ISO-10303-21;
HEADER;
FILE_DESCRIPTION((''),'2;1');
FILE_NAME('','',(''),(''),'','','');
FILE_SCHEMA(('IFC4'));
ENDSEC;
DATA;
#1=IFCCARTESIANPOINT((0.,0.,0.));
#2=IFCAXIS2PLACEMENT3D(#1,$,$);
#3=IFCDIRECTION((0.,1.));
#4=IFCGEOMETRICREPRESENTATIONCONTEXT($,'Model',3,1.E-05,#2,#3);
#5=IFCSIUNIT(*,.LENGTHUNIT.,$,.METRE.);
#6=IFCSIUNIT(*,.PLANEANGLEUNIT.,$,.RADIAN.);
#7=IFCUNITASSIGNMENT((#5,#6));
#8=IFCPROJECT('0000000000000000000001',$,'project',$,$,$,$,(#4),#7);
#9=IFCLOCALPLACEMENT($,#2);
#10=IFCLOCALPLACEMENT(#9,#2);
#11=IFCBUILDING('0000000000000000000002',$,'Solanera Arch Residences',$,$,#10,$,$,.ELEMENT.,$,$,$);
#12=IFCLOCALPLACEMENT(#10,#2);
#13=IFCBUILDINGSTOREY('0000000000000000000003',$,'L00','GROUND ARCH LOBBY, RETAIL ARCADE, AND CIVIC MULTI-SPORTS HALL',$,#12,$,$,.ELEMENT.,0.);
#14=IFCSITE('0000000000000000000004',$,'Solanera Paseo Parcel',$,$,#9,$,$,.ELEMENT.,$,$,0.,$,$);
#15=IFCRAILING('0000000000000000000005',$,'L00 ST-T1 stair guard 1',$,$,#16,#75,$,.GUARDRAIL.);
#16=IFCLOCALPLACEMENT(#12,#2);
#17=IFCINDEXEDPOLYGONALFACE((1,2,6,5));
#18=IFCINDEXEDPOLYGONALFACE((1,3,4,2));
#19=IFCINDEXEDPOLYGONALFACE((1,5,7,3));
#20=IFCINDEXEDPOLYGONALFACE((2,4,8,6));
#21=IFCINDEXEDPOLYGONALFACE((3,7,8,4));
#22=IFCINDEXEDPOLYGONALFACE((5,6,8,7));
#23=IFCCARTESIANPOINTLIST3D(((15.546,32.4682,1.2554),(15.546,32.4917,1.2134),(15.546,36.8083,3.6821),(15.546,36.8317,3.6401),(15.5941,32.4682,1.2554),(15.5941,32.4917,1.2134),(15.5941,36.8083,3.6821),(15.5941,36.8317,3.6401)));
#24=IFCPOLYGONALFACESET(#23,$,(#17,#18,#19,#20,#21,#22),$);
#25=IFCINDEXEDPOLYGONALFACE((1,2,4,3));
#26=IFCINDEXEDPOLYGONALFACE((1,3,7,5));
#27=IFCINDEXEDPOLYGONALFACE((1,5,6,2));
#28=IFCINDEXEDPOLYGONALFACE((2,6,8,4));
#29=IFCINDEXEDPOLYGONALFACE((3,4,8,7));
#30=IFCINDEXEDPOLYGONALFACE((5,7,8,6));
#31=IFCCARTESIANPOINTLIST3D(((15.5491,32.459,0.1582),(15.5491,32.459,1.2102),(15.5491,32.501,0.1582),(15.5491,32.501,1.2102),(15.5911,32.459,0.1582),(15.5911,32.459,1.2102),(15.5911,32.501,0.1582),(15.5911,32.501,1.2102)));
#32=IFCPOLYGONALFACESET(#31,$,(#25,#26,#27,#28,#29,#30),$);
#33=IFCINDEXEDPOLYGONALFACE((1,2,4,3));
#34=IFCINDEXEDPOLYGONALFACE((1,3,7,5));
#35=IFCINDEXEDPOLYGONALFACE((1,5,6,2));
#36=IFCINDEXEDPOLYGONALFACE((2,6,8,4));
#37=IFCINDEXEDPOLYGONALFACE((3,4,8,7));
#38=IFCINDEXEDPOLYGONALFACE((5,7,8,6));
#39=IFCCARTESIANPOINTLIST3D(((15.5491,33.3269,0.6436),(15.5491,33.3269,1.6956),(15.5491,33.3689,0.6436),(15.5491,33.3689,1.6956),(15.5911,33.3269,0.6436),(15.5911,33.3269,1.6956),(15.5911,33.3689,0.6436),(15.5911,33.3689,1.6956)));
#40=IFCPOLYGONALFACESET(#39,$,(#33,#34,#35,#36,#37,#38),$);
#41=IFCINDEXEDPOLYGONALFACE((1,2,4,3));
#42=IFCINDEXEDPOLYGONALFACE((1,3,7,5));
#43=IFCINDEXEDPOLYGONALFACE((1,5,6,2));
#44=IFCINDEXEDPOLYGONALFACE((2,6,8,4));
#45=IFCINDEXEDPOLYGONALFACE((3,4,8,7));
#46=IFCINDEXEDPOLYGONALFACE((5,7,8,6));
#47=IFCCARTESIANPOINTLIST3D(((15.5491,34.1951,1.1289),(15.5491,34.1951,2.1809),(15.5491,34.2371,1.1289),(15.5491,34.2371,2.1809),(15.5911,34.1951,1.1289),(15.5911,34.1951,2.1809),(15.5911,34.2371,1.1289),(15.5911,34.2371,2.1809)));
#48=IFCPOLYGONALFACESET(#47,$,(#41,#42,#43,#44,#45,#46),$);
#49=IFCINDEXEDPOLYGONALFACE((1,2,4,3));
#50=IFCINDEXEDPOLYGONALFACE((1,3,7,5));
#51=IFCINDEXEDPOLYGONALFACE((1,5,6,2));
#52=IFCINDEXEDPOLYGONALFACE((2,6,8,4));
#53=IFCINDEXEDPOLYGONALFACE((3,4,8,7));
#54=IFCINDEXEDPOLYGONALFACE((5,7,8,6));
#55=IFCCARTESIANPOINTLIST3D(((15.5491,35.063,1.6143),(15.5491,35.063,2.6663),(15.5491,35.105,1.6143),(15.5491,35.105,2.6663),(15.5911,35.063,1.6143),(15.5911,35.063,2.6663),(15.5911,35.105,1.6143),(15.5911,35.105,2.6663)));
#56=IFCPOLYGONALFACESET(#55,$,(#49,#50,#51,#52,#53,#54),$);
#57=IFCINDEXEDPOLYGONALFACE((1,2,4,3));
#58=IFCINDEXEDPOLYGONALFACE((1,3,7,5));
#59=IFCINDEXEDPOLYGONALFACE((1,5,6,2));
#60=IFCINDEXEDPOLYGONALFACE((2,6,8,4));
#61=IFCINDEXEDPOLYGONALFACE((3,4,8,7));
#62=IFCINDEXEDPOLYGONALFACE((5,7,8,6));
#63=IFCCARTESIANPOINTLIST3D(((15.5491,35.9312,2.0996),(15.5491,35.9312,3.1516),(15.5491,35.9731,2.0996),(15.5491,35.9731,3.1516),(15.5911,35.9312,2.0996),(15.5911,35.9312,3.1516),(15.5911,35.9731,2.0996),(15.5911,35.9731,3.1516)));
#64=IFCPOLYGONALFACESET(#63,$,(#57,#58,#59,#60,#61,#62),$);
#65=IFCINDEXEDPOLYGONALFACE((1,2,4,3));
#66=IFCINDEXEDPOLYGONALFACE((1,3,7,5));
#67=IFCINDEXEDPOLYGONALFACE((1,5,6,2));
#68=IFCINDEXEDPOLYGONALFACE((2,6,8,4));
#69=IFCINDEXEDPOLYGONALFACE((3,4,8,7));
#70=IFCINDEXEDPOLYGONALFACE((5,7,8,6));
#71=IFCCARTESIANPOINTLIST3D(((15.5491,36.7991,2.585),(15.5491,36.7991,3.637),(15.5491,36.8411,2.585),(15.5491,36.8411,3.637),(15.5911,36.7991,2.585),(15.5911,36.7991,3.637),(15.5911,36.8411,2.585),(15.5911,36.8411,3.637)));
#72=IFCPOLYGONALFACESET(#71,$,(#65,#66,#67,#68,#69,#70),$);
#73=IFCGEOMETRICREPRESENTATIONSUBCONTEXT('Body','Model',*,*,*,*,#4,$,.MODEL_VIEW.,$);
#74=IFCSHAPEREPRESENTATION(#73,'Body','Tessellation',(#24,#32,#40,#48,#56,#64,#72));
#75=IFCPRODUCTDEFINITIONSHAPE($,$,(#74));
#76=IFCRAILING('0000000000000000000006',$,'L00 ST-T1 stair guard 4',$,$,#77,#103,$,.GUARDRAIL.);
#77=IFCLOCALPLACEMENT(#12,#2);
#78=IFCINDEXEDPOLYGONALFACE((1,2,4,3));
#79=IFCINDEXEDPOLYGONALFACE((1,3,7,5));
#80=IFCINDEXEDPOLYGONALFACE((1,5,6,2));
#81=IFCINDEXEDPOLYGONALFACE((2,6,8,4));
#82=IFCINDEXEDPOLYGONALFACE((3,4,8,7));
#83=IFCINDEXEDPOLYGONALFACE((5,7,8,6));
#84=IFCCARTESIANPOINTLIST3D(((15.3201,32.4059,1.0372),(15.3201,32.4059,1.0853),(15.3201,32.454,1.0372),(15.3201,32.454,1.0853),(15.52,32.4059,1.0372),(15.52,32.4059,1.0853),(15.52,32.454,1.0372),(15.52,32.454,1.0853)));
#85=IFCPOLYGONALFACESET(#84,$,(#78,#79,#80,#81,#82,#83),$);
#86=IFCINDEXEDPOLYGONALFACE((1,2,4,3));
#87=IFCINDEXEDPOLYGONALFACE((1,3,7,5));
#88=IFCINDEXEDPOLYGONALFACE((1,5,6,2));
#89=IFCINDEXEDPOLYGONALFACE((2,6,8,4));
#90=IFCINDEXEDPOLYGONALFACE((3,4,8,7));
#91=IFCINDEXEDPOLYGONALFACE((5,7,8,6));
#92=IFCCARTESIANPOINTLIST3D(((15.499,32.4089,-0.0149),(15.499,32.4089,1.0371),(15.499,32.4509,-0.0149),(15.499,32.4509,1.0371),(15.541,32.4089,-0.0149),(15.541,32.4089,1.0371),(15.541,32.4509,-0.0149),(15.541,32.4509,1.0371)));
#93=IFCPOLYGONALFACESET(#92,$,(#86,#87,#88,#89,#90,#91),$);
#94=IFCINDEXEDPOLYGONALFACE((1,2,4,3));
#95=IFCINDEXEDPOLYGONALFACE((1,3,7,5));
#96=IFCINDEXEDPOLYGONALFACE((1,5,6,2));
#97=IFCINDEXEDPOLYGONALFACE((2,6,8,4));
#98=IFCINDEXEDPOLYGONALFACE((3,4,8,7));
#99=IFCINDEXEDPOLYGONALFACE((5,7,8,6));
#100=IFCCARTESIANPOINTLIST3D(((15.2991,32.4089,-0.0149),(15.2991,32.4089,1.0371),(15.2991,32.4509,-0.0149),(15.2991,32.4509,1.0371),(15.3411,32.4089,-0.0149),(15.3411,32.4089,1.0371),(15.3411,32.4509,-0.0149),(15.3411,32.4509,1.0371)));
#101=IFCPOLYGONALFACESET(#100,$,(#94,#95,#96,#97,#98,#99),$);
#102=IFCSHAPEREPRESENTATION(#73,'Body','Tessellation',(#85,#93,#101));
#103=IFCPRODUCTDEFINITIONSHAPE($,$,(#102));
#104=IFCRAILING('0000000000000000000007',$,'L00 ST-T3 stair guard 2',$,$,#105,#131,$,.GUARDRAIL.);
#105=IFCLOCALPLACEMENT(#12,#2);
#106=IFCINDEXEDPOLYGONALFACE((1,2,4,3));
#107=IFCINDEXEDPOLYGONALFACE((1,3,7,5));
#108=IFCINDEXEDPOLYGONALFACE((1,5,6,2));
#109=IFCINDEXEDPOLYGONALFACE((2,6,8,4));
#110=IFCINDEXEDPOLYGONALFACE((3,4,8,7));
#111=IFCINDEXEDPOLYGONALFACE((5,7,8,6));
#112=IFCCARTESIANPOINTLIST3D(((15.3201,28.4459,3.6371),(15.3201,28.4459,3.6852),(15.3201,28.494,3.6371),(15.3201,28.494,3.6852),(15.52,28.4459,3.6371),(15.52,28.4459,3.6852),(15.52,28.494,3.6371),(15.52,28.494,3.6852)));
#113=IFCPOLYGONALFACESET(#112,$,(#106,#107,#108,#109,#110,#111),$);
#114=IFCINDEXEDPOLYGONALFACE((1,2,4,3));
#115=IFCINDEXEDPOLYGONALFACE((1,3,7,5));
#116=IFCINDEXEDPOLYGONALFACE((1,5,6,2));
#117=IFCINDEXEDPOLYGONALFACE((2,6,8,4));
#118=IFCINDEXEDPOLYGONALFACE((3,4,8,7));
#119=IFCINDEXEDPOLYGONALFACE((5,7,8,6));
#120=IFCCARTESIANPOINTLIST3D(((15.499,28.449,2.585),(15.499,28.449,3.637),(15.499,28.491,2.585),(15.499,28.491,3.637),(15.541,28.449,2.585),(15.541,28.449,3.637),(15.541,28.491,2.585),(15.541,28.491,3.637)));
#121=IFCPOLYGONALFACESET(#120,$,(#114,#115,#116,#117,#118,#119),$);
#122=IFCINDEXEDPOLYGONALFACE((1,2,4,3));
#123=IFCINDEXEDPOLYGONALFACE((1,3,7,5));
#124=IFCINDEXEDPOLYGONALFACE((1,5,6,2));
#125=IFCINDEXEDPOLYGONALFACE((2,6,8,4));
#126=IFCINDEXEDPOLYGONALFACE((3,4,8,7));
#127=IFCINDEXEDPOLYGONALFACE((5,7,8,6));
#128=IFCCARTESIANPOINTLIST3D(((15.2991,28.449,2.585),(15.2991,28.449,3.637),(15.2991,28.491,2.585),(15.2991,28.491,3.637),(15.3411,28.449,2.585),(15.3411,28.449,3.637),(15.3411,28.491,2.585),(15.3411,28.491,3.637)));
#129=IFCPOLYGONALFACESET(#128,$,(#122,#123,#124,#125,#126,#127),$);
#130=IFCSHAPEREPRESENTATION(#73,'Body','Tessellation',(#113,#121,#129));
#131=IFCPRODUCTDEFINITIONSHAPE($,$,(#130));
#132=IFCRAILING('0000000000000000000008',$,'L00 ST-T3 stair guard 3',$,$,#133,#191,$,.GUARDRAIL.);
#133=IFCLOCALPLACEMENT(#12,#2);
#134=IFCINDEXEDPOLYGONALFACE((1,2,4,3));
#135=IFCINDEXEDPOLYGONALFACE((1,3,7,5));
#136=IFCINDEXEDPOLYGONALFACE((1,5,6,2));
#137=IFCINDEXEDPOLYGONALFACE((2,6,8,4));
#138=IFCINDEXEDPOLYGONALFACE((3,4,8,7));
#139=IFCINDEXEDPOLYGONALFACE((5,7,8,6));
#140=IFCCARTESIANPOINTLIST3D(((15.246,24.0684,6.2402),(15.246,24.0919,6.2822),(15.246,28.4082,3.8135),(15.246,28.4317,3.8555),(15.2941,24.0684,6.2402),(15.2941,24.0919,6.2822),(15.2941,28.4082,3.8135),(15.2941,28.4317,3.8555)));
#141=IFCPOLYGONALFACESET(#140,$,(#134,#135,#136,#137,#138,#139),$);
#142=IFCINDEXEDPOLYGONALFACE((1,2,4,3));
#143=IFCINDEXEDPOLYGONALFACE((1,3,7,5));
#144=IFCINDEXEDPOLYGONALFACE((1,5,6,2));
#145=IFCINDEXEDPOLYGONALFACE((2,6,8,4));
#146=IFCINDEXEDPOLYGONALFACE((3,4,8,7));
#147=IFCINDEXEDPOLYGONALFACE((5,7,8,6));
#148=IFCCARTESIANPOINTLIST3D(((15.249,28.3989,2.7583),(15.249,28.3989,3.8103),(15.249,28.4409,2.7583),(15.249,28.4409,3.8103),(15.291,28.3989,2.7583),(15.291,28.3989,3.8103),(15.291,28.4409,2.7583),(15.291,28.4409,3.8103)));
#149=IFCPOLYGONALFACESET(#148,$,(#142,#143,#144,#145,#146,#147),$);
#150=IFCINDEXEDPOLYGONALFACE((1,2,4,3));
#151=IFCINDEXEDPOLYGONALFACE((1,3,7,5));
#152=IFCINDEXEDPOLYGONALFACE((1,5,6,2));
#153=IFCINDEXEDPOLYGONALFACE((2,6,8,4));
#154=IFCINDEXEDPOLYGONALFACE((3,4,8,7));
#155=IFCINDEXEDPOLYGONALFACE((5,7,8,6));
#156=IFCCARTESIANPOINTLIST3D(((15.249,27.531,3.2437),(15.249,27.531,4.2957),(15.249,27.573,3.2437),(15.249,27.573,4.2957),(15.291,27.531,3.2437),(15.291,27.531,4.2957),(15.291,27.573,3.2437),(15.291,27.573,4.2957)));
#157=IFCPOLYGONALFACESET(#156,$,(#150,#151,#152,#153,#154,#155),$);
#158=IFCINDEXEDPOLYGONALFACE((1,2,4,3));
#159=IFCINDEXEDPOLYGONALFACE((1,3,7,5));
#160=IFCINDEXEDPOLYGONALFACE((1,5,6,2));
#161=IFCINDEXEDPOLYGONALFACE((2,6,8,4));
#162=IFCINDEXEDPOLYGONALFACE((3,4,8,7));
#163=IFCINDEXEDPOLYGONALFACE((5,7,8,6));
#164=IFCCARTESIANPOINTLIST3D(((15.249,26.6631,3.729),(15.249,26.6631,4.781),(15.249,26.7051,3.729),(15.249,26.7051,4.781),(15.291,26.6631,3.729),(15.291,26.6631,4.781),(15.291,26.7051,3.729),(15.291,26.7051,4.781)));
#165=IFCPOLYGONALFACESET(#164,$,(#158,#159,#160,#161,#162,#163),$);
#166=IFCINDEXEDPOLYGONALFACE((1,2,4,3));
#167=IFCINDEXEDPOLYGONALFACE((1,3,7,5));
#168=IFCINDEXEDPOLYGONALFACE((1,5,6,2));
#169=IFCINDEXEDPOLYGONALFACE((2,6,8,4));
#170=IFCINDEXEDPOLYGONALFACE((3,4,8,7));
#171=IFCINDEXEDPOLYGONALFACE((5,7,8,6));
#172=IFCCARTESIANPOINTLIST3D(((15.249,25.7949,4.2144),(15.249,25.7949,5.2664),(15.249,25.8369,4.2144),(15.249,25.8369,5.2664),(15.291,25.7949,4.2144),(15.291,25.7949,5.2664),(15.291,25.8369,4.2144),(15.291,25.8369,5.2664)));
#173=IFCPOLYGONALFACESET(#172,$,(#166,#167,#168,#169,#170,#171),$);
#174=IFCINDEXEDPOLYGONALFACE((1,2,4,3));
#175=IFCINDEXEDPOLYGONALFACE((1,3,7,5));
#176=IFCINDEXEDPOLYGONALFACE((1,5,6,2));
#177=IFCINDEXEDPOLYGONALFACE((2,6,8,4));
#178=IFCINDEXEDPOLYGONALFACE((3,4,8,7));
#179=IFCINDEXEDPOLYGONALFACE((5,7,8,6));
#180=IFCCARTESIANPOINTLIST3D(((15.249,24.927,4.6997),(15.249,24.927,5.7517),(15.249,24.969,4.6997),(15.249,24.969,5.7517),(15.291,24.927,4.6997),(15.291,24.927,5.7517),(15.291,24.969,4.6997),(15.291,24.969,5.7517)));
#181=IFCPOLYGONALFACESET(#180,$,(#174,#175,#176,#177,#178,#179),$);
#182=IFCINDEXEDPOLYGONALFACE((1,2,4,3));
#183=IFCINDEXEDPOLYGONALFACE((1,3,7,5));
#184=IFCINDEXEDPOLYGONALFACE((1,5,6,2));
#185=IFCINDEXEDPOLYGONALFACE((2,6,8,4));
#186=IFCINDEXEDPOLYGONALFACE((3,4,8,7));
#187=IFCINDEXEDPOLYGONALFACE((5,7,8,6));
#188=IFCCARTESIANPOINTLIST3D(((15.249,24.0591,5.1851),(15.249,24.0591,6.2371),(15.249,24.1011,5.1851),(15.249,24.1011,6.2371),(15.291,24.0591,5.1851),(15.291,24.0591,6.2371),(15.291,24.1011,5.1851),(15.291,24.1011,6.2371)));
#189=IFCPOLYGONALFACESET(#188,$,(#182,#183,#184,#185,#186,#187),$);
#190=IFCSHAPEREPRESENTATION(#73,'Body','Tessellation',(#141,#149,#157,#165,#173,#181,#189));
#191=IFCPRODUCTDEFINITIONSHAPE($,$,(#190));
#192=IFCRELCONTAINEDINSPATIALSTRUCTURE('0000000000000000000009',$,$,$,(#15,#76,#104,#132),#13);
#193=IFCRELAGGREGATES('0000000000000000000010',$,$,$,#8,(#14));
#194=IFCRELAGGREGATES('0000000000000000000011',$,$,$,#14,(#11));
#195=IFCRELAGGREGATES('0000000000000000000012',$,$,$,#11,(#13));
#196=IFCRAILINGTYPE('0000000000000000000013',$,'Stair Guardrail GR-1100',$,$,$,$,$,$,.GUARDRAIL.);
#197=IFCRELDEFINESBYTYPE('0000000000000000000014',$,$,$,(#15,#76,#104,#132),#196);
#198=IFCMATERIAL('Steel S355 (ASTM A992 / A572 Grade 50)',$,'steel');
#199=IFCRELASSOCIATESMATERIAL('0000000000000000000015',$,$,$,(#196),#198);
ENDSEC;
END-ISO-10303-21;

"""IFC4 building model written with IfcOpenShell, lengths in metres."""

from ifc_helpers import new_model, si_unit, direction, frame, origin, origin_2d, place, context, subcontext, project, spatial, rectangle, extrude, material, type_object, element, save


model = new_model("IFC4")

# Units and contexts
model_context = context("Model", 3, precision=1e-05, world=origin(), true_north=direction((0.0, 1.0)))
body_context = subcontext(model_context, "Body", "Model", "MODEL_VIEW")
ifc_project = project(units=[si_unit("LENGTHUNIT", "METRE"), si_unit("PLANEANGLEUNIT", "RADIAN")], contexts=[model_context])

# Site, building, storey
site_placement = place(None, origin())
site = spatial("IfcSite", under=ifc_project, at=site_placement, Name="Solanera Paseo Parcel", CompositionType="ELEMENT", RefElevation=0.0)
building_placement = place(site_placement, origin())
building = spatial("IfcBuilding", under=site, at=building_placement, Name="Solanera Arch Residences", CompositionType="ELEMENT")
storey_placement = place(building_placement, origin())
storey = spatial("IfcBuildingStorey", under=building, at=storey_placement, Name="L00", Description="GROUND ARCH LOBBY, RETAIL ARCADE, AND CIVIC MULTI-SPORTS HALL", CompositionType="ELEMENT", Elevation=0.0)

# Railings
ifc_material_1 = material(Name="Steel S355 (ASTM A992 / A572 Grade 50)", Category="steel")
railing_type_1 = type_object("IfcRailingType", Name="Stair Guardrail GR-1100", PredefinedType="GUARDRAIL", material=ifc_material_1)
railing_1_placement = place(storey_placement, frame((15.5701, 32.48, 0.1582)))
element("IfcRailing", 1, at=railing_1_placement, inside=storey, type_object=railing_type_1, Name="L00 ST-T1 stair guard 1", PredefinedType="GUARDRAIL", context=body_context, shape_type="SweptSolid", body=[
    extrude(rectangle(XDim=0.0481, YDim=0.0481, at=origin_2d()), frame((0.0, 0.0, 1.0762), z_axis=(0.0, 0.872822, 0.488038), x_axis=(-1.0, 0.0, 0.0)), (0.0, 0.0, 1.0), 4.9724),
    extrude(rectangle(XDim=0.042, YDim=0.042, at=origin_2d()), origin(), (0.0, 0.0, 1.0), 1.052),
    extrude(rectangle(XDim=0.042, YDim=0.042, at=origin_2d()), frame((0.0, 0.8679, 0.4854)), (0.0, 0.0, 1.0), 1.052),
    extrude(rectangle(XDim=0.042, YDim=0.042, at=origin_2d()), frame((0.0, 1.7361, 0.9707)), (0.0, 0.0, 1.0), 1.052),
    extrude(rectangle(XDim=0.042, YDim=0.042, at=origin_2d()), frame((0.0, 2.604, 1.4561)), (0.0, 0.0, 1.0), 1.052),
    extrude(rectangle(XDim=0.042, YDim=0.042, at=origin_2d()), frame((0.0, 3.4722, 1.9414)), (0.0, 0.0, 1.0), 1.052),
    extrude(rectangle(XDim=0.042, YDim=0.042, at=origin_2d()), frame((0.0, 4.3401, 2.4268)), (0.0, 0.0, 1.0), 1.052),
])
for number, where, name in (
    (2, (15.52, 32.4299, -0.0149), "L00 ST-T1 stair guard 4"),
    (3, (15.52, 28.47, 2.585), "L00 ST-T3 stair guard 2"),
):
    element("IfcRailing", number, at=place(storey_placement, frame(where)), inside=storey, type_object=railing_type_1, Name=name, PredefinedType="GUARDRAIL", context=body_context, shape_type="SweptSolid", body=[
        extrude(rectangle(XDim=0.0481, YDim=0.0481, at=origin_2d()), frame((0.0, 0.0, 1.0762), z_axis=(-1.0, 0.0, 0.0), x_axis=(0.0, -1.0, 0.0)), (0.0, 0.0, 1.0), 0.2),
        extrude(rectangle(XDim=0.042, YDim=0.042, at=origin_2d()), origin(), (0.0, 0.0, 1.0), 1.052),
        extrude(rectangle(XDim=0.042, YDim=0.042, at=origin_2d()), frame((-0.2, 0.0, 0.0)), (0.0, 0.0, 1.0), 1.052),
    ])
railing_2_placement = place(storey_placement, frame((15.27, 28.4199, 2.7583)))
element("IfcRailing", 4, at=railing_2_placement, inside=storey, type_object=railing_type_1, Name="L00 ST-T3 stair guard 3", PredefinedType="GUARDRAIL", context=body_context, shape_type="SweptSolid", body=[
    extrude(rectangle(XDim=0.0481, YDim=0.0481, at=origin_2d()), frame((0.0, 0.0, 1.0762), z_axis=(0.0, -0.872811, 0.488059), x_axis=(1.0, 0.0, 0.0)), (0.0, 0.0, 1.0), 4.9722),
    extrude(rectangle(XDim=0.042, YDim=0.042, at=origin_2d()), origin(), (0.0, 0.0, 1.0), 1.052),
    extrude(rectangle(XDim=0.042, YDim=0.042, at=origin_2d()), frame((0.0, -0.8679, 0.4854)), (0.0, 0.0, 1.0), 1.052),
    extrude(rectangle(XDim=0.042, YDim=0.042, at=origin_2d()), frame((0.0, -1.7358, 0.9707)), (0.0, 0.0, 1.0), 1.052),
    extrude(rectangle(XDim=0.042, YDim=0.042, at=origin_2d()), frame((0.0, -2.604, 1.4561)), (0.0, 0.0, 1.0), 1.052),
    extrude(rectangle(XDim=0.042, YDim=0.042, at=origin_2d()), frame((0.0, -3.4719, 1.9414)), (0.0, 0.0, 1.0), 1.052),
    extrude(rectangle(XDim=0.042, YDim=0.042, at=origin_2d()), frame((0.0, -4.3398, 2.4268)), (0.0, 0.0, 1.0), 1.052),
])

save(model, "model.ifc")
